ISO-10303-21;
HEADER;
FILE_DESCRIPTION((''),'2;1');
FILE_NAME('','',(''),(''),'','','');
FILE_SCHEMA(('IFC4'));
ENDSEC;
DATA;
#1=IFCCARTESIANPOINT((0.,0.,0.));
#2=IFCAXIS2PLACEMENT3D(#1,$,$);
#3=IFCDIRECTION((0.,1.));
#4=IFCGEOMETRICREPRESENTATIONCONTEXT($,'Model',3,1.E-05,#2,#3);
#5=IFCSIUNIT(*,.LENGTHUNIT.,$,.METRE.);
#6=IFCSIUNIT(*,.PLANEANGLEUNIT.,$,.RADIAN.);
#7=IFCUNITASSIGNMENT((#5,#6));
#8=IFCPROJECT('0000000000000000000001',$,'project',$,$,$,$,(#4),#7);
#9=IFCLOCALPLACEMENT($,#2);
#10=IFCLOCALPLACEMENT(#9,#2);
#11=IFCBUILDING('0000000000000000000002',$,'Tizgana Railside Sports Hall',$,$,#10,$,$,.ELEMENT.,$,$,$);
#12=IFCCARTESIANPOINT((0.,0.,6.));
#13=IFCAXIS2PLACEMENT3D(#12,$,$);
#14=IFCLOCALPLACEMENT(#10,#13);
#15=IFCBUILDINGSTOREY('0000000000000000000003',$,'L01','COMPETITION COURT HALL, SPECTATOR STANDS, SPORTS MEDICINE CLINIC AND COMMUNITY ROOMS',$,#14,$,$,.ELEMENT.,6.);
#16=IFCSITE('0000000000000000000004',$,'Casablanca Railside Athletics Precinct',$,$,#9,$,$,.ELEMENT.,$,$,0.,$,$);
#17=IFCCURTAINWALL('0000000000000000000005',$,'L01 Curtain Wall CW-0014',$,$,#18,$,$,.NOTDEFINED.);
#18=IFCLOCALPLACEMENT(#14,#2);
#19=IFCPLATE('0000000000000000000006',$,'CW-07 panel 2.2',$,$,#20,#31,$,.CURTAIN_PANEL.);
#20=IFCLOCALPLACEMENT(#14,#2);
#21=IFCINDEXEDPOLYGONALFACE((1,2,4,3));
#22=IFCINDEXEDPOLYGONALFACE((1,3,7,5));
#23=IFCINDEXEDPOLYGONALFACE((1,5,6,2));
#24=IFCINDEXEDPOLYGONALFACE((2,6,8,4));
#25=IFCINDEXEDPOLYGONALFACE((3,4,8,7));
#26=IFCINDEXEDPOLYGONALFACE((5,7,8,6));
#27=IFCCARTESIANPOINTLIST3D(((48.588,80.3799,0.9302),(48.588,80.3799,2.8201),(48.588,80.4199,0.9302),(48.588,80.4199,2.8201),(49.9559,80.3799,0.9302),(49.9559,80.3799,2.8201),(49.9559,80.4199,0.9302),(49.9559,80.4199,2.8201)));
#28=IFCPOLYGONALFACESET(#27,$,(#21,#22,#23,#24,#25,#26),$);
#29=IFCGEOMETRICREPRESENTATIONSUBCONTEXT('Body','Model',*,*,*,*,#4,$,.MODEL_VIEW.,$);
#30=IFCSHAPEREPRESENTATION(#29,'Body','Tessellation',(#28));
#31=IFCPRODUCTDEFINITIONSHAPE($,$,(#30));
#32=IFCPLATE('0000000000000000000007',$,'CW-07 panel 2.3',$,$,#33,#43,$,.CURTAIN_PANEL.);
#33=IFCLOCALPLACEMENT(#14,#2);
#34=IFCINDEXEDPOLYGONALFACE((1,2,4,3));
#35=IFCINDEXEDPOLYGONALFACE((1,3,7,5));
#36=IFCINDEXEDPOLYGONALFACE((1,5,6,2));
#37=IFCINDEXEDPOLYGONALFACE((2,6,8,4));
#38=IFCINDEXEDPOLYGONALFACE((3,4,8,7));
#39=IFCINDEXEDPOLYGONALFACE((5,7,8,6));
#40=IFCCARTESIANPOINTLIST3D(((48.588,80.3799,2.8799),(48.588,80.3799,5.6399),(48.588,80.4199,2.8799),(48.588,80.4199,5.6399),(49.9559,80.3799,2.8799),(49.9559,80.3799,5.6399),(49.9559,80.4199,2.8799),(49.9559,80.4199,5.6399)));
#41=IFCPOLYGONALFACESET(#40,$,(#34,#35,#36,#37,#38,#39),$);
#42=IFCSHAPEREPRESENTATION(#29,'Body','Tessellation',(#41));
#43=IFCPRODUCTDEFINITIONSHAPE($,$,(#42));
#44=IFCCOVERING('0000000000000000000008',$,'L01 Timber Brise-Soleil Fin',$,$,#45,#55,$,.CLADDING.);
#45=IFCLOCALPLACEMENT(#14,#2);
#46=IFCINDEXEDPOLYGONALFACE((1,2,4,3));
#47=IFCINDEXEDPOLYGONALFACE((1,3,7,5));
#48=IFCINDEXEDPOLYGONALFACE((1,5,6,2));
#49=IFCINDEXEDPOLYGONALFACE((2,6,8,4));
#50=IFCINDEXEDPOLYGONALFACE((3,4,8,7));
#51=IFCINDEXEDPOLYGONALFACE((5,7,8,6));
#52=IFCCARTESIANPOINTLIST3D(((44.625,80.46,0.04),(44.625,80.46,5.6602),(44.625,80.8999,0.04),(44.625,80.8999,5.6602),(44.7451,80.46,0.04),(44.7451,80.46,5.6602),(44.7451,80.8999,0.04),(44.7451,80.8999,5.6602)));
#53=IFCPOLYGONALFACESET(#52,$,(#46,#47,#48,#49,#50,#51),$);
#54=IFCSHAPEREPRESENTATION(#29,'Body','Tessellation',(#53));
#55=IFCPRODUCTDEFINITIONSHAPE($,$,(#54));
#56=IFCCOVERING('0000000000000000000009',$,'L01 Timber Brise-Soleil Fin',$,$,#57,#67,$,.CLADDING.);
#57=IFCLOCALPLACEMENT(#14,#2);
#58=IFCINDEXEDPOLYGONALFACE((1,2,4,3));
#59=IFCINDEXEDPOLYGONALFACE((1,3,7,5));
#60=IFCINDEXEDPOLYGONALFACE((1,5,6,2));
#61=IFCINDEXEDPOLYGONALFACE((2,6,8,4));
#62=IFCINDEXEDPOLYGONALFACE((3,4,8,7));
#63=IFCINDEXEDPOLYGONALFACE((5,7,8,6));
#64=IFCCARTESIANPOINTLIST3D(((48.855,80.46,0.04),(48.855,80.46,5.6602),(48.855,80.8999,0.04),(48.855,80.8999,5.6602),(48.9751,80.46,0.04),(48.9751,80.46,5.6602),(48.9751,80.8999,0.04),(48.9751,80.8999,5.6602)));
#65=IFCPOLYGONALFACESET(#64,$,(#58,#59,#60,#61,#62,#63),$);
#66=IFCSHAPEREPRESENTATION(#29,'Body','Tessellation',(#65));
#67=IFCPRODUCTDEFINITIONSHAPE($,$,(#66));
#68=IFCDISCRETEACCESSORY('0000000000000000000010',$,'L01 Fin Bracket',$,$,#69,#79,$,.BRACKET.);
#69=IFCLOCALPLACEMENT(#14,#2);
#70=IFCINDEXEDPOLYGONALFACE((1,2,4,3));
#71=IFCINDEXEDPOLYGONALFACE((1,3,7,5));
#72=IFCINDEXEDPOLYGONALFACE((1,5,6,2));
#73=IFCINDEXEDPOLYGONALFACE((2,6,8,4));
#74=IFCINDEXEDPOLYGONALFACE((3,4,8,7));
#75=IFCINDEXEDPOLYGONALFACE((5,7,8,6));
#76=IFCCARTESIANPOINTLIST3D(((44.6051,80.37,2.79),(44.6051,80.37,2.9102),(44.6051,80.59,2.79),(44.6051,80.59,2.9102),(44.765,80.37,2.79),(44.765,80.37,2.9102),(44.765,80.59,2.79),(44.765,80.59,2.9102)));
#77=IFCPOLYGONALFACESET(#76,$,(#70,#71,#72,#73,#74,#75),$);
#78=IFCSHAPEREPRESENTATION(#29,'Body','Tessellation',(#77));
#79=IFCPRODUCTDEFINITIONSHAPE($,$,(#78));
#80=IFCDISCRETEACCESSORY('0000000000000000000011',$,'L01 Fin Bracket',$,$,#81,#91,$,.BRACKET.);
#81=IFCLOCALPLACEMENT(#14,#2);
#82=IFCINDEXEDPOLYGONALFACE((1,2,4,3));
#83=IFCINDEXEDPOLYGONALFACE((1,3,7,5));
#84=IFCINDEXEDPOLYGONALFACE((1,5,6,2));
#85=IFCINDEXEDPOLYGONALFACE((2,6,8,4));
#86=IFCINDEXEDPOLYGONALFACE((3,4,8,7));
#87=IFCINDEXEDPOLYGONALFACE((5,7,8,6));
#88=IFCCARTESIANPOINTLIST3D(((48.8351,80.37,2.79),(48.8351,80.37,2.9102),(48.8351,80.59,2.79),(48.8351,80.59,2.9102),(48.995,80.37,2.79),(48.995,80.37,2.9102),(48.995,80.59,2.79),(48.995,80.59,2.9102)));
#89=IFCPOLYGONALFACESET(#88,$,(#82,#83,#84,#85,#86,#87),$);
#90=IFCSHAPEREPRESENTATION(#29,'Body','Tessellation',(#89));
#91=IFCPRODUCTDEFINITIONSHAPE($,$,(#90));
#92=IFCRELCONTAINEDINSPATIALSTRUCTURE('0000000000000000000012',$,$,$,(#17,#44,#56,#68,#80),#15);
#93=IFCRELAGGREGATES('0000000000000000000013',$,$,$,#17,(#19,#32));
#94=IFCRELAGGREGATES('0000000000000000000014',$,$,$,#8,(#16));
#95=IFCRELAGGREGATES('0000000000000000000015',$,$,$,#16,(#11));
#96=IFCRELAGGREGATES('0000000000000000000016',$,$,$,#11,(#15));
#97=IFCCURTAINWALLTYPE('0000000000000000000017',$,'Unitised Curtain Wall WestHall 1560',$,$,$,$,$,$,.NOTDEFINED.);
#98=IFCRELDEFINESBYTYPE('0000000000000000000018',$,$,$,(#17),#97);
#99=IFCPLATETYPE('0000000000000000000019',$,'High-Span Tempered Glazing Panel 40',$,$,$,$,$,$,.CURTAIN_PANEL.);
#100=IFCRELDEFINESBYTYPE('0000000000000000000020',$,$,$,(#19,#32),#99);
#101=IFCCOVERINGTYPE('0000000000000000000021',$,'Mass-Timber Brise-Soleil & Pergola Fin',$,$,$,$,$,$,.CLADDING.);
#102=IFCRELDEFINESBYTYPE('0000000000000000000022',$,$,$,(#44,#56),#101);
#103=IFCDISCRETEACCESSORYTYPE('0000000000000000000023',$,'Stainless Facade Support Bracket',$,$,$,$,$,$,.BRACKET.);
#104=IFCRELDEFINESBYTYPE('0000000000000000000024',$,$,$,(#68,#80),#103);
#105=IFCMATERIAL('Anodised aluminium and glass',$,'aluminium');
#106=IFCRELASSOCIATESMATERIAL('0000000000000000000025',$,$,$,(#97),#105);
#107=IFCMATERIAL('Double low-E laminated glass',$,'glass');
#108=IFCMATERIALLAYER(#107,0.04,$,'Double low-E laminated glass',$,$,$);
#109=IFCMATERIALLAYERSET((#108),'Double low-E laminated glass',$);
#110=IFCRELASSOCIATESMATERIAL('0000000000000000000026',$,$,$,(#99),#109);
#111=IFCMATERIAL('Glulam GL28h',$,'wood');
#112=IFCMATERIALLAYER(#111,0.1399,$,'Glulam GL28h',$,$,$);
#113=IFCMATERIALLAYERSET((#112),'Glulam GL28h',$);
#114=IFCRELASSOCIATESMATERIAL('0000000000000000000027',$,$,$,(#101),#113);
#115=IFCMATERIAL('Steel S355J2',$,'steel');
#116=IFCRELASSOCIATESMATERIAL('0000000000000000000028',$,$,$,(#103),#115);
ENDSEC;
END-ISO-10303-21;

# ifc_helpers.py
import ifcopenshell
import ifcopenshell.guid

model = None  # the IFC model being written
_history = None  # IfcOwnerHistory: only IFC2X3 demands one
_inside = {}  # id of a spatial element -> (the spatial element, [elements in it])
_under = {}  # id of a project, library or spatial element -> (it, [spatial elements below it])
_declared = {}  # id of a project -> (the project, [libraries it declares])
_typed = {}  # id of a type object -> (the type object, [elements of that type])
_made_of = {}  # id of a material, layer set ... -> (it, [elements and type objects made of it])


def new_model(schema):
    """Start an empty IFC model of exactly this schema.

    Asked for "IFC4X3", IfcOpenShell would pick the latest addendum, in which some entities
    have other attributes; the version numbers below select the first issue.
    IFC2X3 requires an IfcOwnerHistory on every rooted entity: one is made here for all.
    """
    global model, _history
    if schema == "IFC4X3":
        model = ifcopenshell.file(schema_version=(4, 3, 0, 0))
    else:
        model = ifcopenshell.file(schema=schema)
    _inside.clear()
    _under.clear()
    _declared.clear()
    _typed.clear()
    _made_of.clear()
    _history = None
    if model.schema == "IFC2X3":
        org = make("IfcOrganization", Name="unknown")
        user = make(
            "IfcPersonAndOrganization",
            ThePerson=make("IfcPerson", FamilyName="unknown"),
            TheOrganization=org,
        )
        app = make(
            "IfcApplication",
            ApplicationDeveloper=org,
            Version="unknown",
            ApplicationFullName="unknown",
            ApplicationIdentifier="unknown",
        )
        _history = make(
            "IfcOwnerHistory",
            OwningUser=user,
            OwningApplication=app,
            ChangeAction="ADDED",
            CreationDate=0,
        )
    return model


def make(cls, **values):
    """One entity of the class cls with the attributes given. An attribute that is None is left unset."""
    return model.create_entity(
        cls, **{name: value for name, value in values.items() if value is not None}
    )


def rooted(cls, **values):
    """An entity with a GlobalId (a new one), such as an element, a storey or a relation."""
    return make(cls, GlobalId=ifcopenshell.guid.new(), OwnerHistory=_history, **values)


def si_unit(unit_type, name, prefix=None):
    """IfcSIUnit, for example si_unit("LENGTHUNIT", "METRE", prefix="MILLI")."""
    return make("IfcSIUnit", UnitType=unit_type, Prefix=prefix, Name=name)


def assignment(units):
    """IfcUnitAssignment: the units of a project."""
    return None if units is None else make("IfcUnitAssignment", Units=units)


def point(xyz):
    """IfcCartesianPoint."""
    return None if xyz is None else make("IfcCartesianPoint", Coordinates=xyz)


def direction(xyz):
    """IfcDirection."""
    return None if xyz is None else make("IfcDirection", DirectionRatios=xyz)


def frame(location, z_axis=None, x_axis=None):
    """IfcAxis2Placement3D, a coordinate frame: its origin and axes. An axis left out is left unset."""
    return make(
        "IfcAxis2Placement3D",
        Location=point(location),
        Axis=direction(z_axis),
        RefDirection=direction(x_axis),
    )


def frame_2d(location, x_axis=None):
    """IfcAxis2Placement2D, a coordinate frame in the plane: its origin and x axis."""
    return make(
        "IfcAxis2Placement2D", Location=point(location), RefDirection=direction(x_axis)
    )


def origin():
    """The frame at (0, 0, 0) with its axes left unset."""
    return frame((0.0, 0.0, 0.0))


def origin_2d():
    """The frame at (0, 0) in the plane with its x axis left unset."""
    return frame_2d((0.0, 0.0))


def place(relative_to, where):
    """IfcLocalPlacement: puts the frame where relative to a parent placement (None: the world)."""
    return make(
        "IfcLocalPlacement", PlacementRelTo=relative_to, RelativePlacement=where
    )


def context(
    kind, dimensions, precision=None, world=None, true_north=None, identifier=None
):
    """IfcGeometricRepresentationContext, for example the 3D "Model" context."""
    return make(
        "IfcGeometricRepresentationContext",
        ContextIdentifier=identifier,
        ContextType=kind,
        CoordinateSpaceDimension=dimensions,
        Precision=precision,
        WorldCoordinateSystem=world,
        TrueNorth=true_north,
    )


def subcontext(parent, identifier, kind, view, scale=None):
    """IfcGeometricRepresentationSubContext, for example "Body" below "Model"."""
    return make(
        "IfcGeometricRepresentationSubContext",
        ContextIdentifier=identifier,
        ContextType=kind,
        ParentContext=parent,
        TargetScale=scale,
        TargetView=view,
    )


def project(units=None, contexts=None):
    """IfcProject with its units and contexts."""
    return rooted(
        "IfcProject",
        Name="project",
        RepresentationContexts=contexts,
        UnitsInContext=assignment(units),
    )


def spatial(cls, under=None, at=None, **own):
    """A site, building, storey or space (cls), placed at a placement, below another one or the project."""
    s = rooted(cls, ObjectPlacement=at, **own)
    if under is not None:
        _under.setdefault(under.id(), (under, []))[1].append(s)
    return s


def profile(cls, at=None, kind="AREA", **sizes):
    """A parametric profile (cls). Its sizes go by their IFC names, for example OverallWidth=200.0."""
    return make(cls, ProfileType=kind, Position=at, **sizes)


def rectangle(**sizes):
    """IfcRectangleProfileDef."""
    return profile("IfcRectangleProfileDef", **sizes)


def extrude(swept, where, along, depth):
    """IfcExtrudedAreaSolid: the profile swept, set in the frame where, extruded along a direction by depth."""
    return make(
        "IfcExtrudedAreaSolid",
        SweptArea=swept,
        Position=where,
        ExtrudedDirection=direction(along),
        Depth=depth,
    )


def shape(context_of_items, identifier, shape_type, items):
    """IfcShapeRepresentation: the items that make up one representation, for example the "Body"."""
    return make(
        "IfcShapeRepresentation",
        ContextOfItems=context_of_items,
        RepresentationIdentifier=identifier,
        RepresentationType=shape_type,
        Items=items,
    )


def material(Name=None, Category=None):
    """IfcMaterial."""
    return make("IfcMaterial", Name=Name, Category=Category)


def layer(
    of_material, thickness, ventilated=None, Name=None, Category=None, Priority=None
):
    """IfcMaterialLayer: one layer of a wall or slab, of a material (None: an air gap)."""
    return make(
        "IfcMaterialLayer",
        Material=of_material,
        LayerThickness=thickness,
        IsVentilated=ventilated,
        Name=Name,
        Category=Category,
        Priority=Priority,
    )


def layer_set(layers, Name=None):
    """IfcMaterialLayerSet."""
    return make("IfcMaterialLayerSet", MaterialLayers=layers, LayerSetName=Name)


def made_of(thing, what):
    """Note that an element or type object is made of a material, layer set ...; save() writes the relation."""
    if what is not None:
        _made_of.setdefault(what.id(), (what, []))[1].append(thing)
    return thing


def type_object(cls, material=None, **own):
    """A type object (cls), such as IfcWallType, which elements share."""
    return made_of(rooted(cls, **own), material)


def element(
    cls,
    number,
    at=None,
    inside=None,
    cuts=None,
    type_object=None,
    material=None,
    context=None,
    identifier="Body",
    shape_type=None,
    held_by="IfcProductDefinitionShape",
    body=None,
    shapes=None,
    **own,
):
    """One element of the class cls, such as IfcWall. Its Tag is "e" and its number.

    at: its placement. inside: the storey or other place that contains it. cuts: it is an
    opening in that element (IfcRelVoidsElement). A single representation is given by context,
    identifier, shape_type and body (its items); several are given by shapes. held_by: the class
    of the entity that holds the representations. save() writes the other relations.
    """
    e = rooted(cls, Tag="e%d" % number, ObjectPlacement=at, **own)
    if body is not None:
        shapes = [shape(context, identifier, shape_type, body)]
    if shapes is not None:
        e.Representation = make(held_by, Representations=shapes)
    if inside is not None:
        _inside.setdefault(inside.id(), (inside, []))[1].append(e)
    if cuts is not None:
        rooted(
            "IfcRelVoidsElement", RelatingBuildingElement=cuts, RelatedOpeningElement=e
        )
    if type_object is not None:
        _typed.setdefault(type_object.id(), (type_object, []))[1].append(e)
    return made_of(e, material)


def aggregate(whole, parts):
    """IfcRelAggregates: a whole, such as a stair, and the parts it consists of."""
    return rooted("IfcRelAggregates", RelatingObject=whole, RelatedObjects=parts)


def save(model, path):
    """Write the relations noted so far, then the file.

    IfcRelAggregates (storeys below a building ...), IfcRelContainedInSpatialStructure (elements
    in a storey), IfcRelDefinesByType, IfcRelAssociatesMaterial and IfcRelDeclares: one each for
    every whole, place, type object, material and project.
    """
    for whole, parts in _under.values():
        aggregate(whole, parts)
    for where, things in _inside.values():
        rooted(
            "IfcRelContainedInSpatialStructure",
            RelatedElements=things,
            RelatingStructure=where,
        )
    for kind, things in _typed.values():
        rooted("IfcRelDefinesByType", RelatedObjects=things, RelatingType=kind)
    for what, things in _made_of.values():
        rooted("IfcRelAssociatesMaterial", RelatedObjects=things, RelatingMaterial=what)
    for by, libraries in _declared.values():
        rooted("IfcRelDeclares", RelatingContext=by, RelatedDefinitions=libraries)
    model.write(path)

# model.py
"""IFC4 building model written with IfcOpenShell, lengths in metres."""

from ifc_helpers import new_model, si_unit, direction, frame, origin, origin_2d, place, context, subcontext, project, spatial, rectangle, extrude, material, layer, layer_set, type_object, element, aggregate, save


model = new_model("IFC4")

# Units and contexts
model_context = context("Model", 3, precision=1e-05, world=origin(), true_north=direction((0.0, 1.0)))
body_context = subcontext(model_context, "Body", "Model", "MODEL_VIEW")
ifc_project = project(units=[si_unit("LENGTHUNIT", "METRE"), si_unit("PLANEANGLEUNIT", "RADIAN")], contexts=[model_context])

# Site, building, storey
site_placement = place(None, origin())
site = spatial("IfcSite", under=ifc_project, at=site_placement, Name="Casablanca Railside Athletics Precinct", CompositionType="ELEMENT", RefElevation=0.0)
building_placement = place(site_placement, origin())
building = spatial("IfcBuilding", under=site, at=building_placement, Name="Tizgana Railside Sports Hall", CompositionType="ELEMENT")
storey_placement = place(building_placement, frame((0.0, 0.0, 6.0)))
storey = spatial("IfcBuildingStorey", under=building, at=storey_placement, Name="L01", Description="COMPETITION COURT HALL, SPECTATOR STANDS, SPORTS MEDICINE CLINIC AND COMMUNITY ROOMS", CompositionType="ELEMENT", Elevation=6.0)

# Curtain wall
ifc_material_1 = material(Name="Anodised aluminium and glass", Category="aluminium")
curtain_wall_type_1 = type_object("IfcCurtainWallType", Name="Unitised Curtain Wall WestHall 1560", PredefinedType="NOTDEFINED", material=ifc_material_1)
curtain_wall_1_placement = place(storey_placement, origin())
curtain_wall_1 = element("IfcCurtainWall", 1, at=curtain_wall_1_placement, inside=storey, type_object=curtain_wall_type_1, Name="L01 Curtain Wall CW-0014", PredefinedType="NOTDEFINED")

# Plates
ifc_material_2 = material(Name="Double low-E laminated glass", Category="glass")
ifc_layer_1 = layer(ifc_material_2, 0.04, Name="Double low-E laminated glass")
ifc_layer_set_1 = layer_set([ifc_layer_1], Name="Double low-E laminated glass")
plate_type_1 = type_object("IfcPlateType", Name="High-Span Tempered Glazing Panel 40", PredefinedType="CURTAIN_PANEL", material=ifc_layer_set_1)
plate_1_placement = place(storey_placement, frame((49.272, 80.3999, 0.9302), z_axis=(0.0, 0.0, 1.0), x_axis=(1.0, 0.0, 0.0)))
plate_1 = element("IfcPlate", 2, at=plate_1_placement, type_object=plate_type_1, Name="CW-07 panel 2.2", PredefinedType="CURTAIN_PANEL", context=body_context, shape_type="SweptSolid", body=[
    extrude(rectangle(XDim=1.3679, YDim=0.04, at=origin_2d()), origin(), (0.0, 0.0, 1.0), 1.8899),
])
plate_2_placement = place(storey_placement, frame((49.272, 80.3999, 2.8799), z_axis=(0.0, 0.0, 1.0), x_axis=(1.0, 0.0, 0.0)))
plate_2 = element("IfcPlate", 3, at=plate_2_placement, type_object=plate_type_1, Name="CW-07 panel 2.3", PredefinedType="CURTAIN_PANEL", context=body_context, shape_type="SweptSolid", body=[
    extrude(rectangle(XDim=1.3679, YDim=0.04, at=origin_2d()), origin(), (0.0, 0.0, 1.0), 2.76),
])
aggregate(curtain_wall_1, [plate_1, plate_2])

# Coverings
ifc_material_3 = material(Name="Glulam GL28h", Category="wood")
ifc_layer_2 = layer(ifc_material_3, 0.1399, Name="Glulam GL28h")
ifc_layer_set_2 = layer_set([ifc_layer_2], Name="Glulam GL28h")
covering_type = type_object("IfcCoveringType", Name="Mass-Timber Brise-Soleil & Pergola Fin", PredefinedType="CLADDING", material=ifc_layer_set_2)
for number, where, z_axis, x_axis, name in (
    (4, (44.6851, 80.6799, 0.04), (0.0, 0.0, 1.0), (1.0, 0.0, 0.0), "L01 Timber Brise-Soleil Fin"),
    (5, (48.915, 80.6799, 0.04), (0.0, 0.0, 1.0), (1.0, 0.0, 0.0), "L01 Timber Brise-Soleil Fin"),
):
    element("IfcCovering", number, at=place(storey_placement, frame(where, z_axis=z_axis, x_axis=x_axis)), inside=storey, type_object=covering_type, Name=name, PredefinedType="CLADDING", context=body_context, shape_type="SweptSolid", body=[
        extrude(rectangle(XDim=0.1201, YDim=0.4399, at=origin_2d()), origin(), (0.0, 0.0, 1.0), 5.6201),
    ])

# Discrete accessories
ifc_material_4 = material(Name="Steel S355J2", Category="steel")
discrete_accessory_type = type_object("IfcDiscreteAccessoryType", Name="Stainless Facade Support Bracket", PredefinedType="BRACKET", material=ifc_material_4)
for number, where, z_axis, x_axis, name in (
    (6, (44.6851, 80.48, 2.79), (0.0, 0.0, 1.0), (1.0, 0.0, 0.0), "L01 Fin Bracket"),
    (7, (48.915, 80.48, 2.79), (0.0, 0.0, 1.0), (1.0, 0.0, 0.0), "L01 Fin Bracket"),
):
    element("IfcDiscreteAccessory", number, at=place(storey_placement, frame(where, z_axis=z_axis, x_axis=x_axis)), inside=storey, type_object=discrete_accessory_type, Name=name, PredefinedType="BRACKET", context=body_context, shape_type="SweptSolid", body=[
        extrude(rectangle(XDim=0.1599, YDim=0.22, at=origin_2d()), origin(), (0.0, 0.0, 1.0), 0.1201),
    ])

save(model, "model.ifc")
